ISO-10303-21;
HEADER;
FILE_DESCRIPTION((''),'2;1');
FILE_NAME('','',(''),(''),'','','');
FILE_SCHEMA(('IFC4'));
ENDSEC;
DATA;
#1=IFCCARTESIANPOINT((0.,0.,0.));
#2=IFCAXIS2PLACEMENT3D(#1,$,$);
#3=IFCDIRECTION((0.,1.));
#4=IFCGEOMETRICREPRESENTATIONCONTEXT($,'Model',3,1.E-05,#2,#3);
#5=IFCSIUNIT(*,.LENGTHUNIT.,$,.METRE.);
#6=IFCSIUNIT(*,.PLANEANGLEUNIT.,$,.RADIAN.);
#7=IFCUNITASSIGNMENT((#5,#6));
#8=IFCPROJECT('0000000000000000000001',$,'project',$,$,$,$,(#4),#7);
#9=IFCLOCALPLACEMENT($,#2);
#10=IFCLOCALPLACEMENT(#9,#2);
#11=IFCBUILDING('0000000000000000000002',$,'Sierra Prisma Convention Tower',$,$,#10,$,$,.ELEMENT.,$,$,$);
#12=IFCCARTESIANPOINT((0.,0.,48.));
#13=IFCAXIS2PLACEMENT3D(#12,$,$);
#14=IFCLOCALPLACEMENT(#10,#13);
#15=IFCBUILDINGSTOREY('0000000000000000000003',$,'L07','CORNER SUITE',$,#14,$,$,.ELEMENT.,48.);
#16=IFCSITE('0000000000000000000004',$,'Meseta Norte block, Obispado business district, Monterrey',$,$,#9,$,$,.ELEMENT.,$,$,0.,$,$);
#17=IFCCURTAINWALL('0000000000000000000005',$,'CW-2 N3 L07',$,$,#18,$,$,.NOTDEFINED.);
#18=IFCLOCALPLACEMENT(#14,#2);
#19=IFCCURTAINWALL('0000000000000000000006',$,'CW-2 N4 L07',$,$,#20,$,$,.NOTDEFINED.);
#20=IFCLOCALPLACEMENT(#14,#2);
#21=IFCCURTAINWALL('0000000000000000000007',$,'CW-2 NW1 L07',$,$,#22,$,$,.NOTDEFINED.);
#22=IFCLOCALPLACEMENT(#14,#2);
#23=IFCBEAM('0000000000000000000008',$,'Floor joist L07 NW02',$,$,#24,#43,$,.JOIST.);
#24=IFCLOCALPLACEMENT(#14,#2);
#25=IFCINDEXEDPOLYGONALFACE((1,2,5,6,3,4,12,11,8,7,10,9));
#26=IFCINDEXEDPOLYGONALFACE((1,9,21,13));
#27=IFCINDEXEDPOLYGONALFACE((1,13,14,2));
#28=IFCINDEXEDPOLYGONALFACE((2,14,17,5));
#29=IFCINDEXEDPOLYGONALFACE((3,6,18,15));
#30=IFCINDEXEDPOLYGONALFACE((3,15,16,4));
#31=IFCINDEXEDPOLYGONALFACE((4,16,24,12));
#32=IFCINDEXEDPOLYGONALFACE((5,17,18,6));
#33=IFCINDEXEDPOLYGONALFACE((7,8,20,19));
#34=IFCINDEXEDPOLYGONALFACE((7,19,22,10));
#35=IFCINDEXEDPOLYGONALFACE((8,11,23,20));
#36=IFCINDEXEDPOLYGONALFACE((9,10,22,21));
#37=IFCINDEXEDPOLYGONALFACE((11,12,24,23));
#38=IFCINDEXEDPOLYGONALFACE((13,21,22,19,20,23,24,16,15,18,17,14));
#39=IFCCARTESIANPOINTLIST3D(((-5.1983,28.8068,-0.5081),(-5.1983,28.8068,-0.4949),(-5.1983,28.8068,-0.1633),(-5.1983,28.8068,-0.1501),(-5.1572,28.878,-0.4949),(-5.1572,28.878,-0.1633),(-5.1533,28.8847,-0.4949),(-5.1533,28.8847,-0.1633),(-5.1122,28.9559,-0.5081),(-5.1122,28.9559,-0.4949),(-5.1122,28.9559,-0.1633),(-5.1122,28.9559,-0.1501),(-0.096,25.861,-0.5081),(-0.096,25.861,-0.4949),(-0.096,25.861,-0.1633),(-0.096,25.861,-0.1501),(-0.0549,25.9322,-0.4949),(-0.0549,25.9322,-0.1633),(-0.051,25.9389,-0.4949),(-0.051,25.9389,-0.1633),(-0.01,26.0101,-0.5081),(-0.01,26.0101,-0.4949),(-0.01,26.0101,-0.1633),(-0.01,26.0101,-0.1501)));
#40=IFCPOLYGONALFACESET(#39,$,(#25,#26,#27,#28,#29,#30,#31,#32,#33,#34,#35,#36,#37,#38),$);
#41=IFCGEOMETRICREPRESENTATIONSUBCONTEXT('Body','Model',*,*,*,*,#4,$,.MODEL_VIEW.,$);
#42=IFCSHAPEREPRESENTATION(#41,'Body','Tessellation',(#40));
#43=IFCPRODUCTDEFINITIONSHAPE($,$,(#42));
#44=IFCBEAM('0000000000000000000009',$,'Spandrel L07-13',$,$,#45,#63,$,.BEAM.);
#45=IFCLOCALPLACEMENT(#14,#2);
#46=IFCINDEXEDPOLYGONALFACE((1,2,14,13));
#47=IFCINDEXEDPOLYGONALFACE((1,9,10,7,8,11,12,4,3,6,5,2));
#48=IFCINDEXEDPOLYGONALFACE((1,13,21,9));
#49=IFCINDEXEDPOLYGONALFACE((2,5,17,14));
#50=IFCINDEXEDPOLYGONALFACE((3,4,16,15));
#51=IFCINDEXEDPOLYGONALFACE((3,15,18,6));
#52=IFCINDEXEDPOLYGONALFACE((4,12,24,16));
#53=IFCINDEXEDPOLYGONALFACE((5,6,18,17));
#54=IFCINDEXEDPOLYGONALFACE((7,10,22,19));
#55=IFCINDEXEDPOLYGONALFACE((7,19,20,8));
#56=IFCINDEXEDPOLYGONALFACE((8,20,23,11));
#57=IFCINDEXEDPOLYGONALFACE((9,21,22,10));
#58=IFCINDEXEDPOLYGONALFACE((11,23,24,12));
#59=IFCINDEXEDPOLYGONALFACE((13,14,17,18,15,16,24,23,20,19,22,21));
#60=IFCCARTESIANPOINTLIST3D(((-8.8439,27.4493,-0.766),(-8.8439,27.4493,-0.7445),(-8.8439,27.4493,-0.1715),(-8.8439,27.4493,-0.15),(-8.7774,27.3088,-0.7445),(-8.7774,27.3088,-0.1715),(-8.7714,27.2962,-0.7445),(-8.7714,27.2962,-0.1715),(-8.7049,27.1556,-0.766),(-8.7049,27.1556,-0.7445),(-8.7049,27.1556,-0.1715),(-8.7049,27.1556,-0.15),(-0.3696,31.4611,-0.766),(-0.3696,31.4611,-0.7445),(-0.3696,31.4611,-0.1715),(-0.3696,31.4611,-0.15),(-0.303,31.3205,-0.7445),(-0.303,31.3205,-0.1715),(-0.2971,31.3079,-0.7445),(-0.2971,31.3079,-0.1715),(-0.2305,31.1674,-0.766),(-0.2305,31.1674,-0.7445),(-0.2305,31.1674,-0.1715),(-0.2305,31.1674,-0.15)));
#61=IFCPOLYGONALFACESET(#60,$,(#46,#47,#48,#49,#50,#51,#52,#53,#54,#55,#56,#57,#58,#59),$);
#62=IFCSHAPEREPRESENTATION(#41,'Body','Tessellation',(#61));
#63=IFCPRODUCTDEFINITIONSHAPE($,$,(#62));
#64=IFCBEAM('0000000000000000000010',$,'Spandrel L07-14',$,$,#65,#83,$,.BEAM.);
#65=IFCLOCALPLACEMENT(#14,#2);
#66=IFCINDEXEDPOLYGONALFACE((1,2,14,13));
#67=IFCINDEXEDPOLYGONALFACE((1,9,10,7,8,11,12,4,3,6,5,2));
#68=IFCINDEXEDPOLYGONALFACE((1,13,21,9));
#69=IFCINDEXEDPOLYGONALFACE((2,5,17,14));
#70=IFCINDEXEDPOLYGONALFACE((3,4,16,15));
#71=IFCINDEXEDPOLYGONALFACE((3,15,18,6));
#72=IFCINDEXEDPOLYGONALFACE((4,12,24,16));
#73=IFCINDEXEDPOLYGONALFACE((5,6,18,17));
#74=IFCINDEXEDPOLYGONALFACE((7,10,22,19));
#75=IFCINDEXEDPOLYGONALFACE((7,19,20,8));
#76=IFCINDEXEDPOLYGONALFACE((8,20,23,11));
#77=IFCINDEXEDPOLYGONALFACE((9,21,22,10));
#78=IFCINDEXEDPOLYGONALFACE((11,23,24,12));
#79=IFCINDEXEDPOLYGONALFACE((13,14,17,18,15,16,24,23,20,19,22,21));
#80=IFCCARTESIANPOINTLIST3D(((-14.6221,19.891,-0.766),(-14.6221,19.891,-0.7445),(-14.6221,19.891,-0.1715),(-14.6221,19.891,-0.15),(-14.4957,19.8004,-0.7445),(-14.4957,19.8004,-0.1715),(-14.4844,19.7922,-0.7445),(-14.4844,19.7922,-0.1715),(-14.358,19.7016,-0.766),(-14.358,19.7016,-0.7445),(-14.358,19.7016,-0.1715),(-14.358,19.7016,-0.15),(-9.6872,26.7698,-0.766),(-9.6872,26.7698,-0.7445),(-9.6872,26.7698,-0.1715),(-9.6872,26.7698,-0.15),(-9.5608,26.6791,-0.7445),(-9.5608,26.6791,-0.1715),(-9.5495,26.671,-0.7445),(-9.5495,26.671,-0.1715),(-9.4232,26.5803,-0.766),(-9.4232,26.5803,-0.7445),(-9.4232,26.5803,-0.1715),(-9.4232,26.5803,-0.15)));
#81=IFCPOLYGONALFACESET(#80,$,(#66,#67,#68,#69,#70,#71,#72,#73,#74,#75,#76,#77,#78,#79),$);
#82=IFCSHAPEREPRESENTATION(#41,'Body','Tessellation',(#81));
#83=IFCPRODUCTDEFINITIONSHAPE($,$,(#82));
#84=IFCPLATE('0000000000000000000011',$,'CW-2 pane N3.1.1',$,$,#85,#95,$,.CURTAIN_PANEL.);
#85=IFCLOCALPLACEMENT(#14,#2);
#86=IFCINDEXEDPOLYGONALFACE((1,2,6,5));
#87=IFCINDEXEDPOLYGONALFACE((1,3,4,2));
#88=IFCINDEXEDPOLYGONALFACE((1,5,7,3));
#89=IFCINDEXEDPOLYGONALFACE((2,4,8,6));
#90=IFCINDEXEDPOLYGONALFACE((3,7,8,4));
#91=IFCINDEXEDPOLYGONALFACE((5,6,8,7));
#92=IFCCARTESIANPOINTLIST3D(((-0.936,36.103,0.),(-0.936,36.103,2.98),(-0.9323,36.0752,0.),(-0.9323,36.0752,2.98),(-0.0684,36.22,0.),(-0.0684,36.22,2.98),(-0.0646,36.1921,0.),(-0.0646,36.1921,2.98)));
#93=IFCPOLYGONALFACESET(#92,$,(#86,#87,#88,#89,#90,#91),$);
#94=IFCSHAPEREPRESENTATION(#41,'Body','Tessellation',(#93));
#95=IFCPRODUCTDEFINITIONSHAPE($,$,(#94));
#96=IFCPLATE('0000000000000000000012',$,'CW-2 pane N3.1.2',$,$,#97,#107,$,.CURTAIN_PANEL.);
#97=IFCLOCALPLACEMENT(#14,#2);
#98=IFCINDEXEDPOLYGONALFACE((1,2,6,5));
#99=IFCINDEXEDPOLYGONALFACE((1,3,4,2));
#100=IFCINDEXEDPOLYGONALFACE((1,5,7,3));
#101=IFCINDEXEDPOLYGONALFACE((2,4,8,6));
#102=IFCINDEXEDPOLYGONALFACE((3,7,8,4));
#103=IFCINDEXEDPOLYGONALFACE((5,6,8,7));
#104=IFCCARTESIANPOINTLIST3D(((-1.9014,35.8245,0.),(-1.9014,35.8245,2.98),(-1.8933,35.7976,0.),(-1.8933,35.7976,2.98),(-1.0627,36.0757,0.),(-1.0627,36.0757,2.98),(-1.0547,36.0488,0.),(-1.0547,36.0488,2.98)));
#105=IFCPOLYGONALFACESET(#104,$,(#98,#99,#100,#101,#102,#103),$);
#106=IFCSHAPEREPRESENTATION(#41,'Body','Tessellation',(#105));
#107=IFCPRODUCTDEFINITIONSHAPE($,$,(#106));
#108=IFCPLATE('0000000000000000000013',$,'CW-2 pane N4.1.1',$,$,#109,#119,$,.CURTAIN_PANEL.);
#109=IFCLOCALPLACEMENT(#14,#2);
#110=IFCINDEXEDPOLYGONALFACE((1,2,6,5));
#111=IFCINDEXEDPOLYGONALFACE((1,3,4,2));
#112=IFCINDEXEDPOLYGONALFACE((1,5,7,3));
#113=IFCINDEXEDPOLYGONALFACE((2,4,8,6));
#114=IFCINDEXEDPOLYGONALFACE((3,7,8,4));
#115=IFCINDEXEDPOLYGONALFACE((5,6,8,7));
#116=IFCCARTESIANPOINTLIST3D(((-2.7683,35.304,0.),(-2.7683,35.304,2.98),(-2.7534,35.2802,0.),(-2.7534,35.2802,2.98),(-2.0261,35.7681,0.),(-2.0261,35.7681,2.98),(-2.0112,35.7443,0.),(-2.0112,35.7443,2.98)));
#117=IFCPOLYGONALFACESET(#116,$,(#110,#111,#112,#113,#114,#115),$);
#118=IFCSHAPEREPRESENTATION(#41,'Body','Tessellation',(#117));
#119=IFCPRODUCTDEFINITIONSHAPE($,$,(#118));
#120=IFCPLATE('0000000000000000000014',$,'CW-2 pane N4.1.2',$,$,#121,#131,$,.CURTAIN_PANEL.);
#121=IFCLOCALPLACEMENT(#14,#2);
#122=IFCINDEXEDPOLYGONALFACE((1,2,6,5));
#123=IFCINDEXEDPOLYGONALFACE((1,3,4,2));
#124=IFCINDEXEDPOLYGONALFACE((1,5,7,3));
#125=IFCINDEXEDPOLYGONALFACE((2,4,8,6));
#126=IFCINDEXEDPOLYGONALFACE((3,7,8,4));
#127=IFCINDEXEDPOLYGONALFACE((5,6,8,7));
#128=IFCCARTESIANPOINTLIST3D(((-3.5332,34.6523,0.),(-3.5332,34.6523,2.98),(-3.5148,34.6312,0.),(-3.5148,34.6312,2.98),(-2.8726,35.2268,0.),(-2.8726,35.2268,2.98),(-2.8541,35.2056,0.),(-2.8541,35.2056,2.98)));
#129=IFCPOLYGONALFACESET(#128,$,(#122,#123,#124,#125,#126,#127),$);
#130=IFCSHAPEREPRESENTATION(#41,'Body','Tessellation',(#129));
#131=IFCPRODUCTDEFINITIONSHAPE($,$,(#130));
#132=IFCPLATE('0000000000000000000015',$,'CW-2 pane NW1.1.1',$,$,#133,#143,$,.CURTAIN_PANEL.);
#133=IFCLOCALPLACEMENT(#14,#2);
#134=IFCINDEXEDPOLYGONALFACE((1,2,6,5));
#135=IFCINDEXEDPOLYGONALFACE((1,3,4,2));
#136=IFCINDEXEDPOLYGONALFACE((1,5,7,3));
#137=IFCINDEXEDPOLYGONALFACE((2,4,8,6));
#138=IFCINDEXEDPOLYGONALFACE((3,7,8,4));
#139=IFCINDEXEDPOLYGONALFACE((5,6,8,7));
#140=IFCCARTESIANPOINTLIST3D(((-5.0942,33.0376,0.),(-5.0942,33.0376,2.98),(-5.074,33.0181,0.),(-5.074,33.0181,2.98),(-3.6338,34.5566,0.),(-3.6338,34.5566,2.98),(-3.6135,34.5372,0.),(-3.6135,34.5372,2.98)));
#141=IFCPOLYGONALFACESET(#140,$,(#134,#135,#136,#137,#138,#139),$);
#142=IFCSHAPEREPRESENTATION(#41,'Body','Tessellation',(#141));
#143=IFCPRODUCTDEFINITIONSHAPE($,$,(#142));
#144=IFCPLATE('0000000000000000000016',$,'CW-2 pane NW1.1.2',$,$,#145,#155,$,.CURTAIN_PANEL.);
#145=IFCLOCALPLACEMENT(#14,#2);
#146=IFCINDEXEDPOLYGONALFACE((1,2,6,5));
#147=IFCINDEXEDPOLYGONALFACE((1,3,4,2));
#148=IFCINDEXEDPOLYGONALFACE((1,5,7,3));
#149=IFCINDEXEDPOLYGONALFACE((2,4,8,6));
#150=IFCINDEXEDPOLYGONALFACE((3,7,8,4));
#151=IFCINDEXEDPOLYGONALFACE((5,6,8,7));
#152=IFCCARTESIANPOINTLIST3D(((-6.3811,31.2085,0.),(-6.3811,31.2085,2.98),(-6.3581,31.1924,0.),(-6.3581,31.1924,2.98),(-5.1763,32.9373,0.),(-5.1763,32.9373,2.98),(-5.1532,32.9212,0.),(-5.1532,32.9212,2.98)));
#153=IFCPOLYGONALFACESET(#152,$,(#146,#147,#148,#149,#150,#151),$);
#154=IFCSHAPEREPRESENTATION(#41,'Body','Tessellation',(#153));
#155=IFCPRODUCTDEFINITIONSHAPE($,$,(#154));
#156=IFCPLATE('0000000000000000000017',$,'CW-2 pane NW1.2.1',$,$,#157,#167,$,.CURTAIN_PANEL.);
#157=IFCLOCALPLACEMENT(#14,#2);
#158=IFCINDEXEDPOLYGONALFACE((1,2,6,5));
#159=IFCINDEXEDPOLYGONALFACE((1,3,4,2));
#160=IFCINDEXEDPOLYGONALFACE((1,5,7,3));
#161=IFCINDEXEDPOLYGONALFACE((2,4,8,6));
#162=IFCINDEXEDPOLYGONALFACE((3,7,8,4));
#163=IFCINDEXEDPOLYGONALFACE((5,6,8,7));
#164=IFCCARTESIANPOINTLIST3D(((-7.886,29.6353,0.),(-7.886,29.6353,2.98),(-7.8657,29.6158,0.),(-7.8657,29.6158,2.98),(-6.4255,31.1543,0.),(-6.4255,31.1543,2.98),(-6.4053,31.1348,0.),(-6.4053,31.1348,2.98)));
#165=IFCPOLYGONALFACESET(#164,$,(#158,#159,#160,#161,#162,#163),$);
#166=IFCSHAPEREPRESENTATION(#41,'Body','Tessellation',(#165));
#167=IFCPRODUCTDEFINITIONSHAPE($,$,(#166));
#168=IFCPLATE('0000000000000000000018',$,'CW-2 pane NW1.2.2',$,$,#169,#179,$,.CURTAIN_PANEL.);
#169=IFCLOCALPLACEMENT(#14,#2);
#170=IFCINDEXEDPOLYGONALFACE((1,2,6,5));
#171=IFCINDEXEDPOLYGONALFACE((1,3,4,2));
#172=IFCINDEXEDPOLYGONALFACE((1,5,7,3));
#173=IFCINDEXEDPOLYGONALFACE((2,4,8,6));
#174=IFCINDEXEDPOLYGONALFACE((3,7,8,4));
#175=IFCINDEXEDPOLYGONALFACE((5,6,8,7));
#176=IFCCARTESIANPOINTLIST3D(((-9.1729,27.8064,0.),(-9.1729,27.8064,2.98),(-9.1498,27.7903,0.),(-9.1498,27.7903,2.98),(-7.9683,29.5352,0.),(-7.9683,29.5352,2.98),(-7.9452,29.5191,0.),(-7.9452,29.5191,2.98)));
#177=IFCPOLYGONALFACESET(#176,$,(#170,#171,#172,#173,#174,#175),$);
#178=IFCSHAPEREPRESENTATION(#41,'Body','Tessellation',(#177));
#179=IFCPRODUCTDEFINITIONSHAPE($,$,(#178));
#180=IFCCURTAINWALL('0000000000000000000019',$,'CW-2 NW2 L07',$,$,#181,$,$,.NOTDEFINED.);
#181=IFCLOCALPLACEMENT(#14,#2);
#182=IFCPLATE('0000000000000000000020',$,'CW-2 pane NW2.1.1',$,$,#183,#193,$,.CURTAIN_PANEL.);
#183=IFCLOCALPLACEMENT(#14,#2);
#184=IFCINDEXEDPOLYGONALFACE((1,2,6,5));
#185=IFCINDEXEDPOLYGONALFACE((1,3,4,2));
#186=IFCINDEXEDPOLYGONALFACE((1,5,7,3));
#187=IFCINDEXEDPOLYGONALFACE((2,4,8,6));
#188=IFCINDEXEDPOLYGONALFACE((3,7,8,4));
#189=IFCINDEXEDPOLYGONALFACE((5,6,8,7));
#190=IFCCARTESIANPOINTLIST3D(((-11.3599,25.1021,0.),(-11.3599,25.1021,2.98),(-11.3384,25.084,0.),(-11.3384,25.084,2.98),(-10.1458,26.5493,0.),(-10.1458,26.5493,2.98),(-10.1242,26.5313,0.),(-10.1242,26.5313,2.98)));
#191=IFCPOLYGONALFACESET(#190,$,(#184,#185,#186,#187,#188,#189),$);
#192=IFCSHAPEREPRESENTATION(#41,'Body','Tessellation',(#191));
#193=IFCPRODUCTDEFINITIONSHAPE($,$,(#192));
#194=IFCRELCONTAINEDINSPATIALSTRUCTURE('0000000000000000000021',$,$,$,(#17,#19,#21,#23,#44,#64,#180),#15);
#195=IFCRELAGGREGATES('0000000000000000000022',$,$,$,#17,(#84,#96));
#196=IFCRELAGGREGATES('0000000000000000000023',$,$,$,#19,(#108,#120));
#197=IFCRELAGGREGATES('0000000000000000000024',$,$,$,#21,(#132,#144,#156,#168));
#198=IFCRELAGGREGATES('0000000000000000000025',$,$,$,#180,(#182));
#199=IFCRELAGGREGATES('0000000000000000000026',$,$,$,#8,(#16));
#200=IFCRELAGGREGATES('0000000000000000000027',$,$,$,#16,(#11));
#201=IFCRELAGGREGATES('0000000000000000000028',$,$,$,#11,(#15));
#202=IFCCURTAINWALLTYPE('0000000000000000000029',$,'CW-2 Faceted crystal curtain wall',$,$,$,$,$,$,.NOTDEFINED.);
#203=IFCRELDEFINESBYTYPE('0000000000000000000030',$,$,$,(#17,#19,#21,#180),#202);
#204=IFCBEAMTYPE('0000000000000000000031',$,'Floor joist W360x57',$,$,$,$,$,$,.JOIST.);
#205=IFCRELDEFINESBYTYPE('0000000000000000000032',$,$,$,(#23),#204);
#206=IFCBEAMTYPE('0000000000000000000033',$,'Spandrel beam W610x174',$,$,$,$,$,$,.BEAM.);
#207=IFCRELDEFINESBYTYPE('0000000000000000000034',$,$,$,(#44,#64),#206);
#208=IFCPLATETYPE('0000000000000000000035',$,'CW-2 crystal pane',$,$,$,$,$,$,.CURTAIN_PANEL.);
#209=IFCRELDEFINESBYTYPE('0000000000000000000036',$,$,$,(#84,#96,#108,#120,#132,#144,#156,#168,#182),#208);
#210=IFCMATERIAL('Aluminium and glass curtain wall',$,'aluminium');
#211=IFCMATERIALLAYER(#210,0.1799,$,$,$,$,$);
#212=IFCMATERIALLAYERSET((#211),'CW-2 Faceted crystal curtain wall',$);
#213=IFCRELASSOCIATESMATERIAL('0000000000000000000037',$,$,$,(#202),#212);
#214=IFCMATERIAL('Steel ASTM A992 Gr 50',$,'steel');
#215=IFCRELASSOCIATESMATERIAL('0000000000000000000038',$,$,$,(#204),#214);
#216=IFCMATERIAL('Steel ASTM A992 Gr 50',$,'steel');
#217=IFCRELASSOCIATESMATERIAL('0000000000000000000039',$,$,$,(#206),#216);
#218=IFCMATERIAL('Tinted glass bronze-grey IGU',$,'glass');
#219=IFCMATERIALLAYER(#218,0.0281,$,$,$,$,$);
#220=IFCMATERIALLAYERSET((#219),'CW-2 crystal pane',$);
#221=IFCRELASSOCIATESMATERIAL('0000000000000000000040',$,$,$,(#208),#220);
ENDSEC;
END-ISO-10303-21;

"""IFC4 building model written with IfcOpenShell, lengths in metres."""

from ifc_helpers import new_model, si_unit, direction, frame, origin, origin_2d, place, context, subcontext, project, spatial, polyline, i_section, outline, extrude, material, layer, layer_set, material_profile, profile_set, type_object, element, aggregate, save


model = new_model("IFC4")

# Units and contexts
model_context = context("Model", 3, precision=1e-05, world=origin(), true_north=direction((0.0, 1.0)))
body_context = subcontext(model_context, "Body", "Model", "MODEL_VIEW")
ifc_project = project(units=[si_unit("LENGTHUNIT", "METRE"), si_unit("PLANEANGLEUNIT", "RADIAN")], contexts=[model_context])

# Site, building, storey
site_placement = place(None, origin())
site = spatial("IfcSite", under=ifc_project, at=site_placement, Name="Meseta Norte block, Obispado business district, Monterrey", CompositionType="ELEMENT", RefElevation=0.0)
building_placement = place(site_placement, origin())
building = spatial("IfcBuilding", under=site, at=building_placement, Name="Sierra Prisma Convention Tower", CompositionType="ELEMENT")
storey_placement = place(building_placement, frame((0.0, 0.0, 48.0)))
storey = spatial("IfcBuildingStorey", under=building, at=storey_placement, Name="L07", Description="CORNER SUITE", CompositionType="ELEMENT", Elevation=48.0)

# Curtain walls
ifc_material_1 = material(Name="Aluminium and glass curtain wall", Category="aluminium")
ifc_layer_1 = layer(ifc_material_1, 0.1799)
ifc_layer_set_1 = layer_set([ifc_layer_1], Name="CW-2 Faceted crystal curtain wall")
curtain_wall_type = type_object("IfcCurtainWallType", Name="CW-2 Faceted crystal curtain wall", PredefinedType="NOTDEFINED", material=ifc_layer_set_1)
curtain_wall_1_placement = place(storey_placement, origin())
curtain_wall_1 = element("IfcCurtainWall", 1, at=curtain_wall_1_placement, inside=storey, type_object=curtain_wall_type, Name="CW-2 N3 L07", PredefinedType="NOTDEFINED")
curtain_wall_2_placement = place(storey_placement, origin())
curtain_wall_2 = element("IfcCurtainWall", 2, at=curtain_wall_2_placement, inside=storey, type_object=curtain_wall_type, Name="CW-2 N4 L07", PredefinedType="NOTDEFINED")

# Curtain wall
curtain_wall_3_placement = place(storey_placement, origin())
curtain_wall_3 = element("IfcCurtainWall", 3, at=curtain_wall_3_placement, inside=storey, type_object=curtain_wall_type, Name="CW-2 NW1 L07", PredefinedType="NOTDEFINED")

# Beams
ifc_material_2 = material(Name="Steel ASTM A992 Gr 50", Category="steel")
ifc_material_profile_1 = material_profile(ifc_material_2, i_section(OverallWidth=0.1721, OverallDepth=0.3579, WebThickness=0.0078, FlangeThickness=0.0132, at=origin_2d()), Name="W360x57")
ifc_profile_set_1 = profile_set([ifc_material_profile_1], Name="Steel ASTM A992 Gr 50")
beam_type_1 = type_object("IfcBeamType", Name="Floor joist W360x57", PredefinedType="JOIST", material=ifc_profile_set_1)
beam_1_placement = place(storey_placement, frame((-5.1553, 28.8813, -0.3291), z_axis=(0.866026, -0.499999, 0.0), x_axis=(0.499999, 0.866026, 0.0)))
element("IfcBeam", 4, at=beam_1_placement, inside=storey, type_object=beam_type_1, Name="Floor joist L07 NW02", PredefinedType="JOIST", context=body_context, shape_type="SweptSolid", body=[
    extrude(i_section(OverallWidth=0.1721, OverallDepth=0.3579, WebThickness=0.0078, FlangeThickness=0.0132, at=origin_2d()), origin(), (0.0, 0.0, 1.0), 5.8916),
])
ifc_material_3 = material(Name="Steel ASTM A992 Gr 50", Category="steel")
ifc_material_profile_2 = material_profile(ifc_material_3, i_section(OverallWidth=0.325, OverallDepth=0.616, WebThickness=0.0139, FlangeThickness=0.0215, at=origin_2d()), Name="W610x174")
ifc_profile_set_2 = profile_set([ifc_material_profile_2], Name="Steel ASTM A992 Gr 50")
beam_type_2 = type_object("IfcBeamType", Name="Spandrel beam W610x174", PredefinedType="BEAM", material=ifc_profile_set_2)
beam_2_placement = place(storey_placement, frame((-0.3, 31.3142, -0.458), z_axis=(-0.903839, -0.427873, 0.0), x_axis=(0.427873, -0.903839, 0.0)))
element("IfcBeam", 5, at=beam_2_placement, inside=storey, type_object=beam_type_2, Name="Spandrel L07-13", PredefinedType="BEAM", context=body_context, shape_type="SweptSolid", body=[
    extrude(i_section(OverallWidth=0.325, OverallDepth=0.616, WebThickness=0.0139, FlangeThickness=0.0215, at=origin_2d()), origin(), (0.0, 0.0, 1.0), 9.376),
])
beam_3_placement = place(storey_placement, frame((-9.5552, 26.675, -0.458), z_axis=(-0.582917, -0.812531, 0.0), x_axis=(0.812531, -0.582917, 0.0)))
element("IfcBeam", 6, at=beam_3_placement, inside=storey, type_object=beam_type_2, Name="Spandrel L07-14", PredefinedType="BEAM", context=body_context, shape_type="SweptSolid", body=[
    extrude(i_section(OverallWidth=0.325, OverallDepth=0.616, WebThickness=0.0139, FlangeThickness=0.0215, at=origin_2d()), origin(), (0.0, 0.0, 1.0), 8.4658),
])

# Plates
ifc_material_4 = material(Name="Tinted glass bronze-grey IGU", Category="glass")
ifc_layer_2 = layer(ifc_material_4, 0.0281)
ifc_layer_set_2 = layer_set([ifc_layer_2], Name="CW-2 crystal pane")
plate_type = type_object("IfcPlateType", Name="CW-2 crystal pane", PredefinedType="CURTAIN_PANEL", material=ifc_layer_set_2)
plate_1_placement = place(storey_placement, frame((-0.0684, 36.22, 0.0), z_axis=(-0.13357, 0.991039, 0.0), x_axis=(-0.991039, -0.13357, 0.0)))
plate_1 = element("IfcPlate", 7, at=plate_1_placement, type_object=plate_type, Name="CW-2 pane N3.1.1", PredefinedType="CURTAIN_PANEL", context=body_context, shape_type="SweptSolid", body=[
    extrude(outline(polyline([(0.0, 0.0), (0.8755, 0.0), (0.8755, 2.98), (0.0, 2.98), (0.0, 0.0)])), origin(), (0.0, 0.0, -1.0), 0.0281),
])
plate_2_placement = place(storey_placement, frame((-1.9014, 35.8245, 0.0), z_axis=(-0.286964, 0.957941, 0.0), x_axis=(0.957941, 0.286964, 0.0)))
plate_2 = element("IfcPlate", 8, at=plate_2_placement, type_object=plate_type, Name="CW-2 pane N3.1.2", PredefinedType="CURTAIN_PANEL", context=body_context, shape_type="SweptSolid", body=[
    extrude(outline(polyline([(0.0, 0.0), (0.8754, 0.0), (0.8754, -2.98), (0.0, -2.98), (0.0, 0.0)])), origin(), (0.0, 0.0, -1.0), 0.0281),
])
aggregate(curtain_wall_1, [plate_1, plate_2])
plate_3_placement = place(storey_placement, frame((-2.0261, 35.7681, 0.0), z_axis=(-0.530199, 0.847873, 0.0), x_axis=(-0.847873, -0.530199, 0.0)))
plate_3 = element("IfcPlate", 9, at=plate_3_placement, type_object=plate_type, Name="CW-2 pane N4.1.1", PredefinedType="CURTAIN_PANEL", context=body_context, shape_type="SweptSolid", body=[
    extrude(outline(polyline([(0.0, 0.0), (0.8754, 0.0), (0.8754, 2.98), (0.0, 2.98), (0.0, 0.0)])), origin(), (0.0, 0.0, -1.0), 0.0281),
])
plate_4_placement = place(storey_placement, frame((-3.5332, 34.6523, 0.0), z_axis=(-0.656172, 0.754612, 0.0), x_axis=(0.754612, 0.656172, 0.0)))
plate_4 = element("IfcPlate", 10, at=plate_4_placement, type_object=plate_type, Name="CW-2 pane N4.1.2", PredefinedType="CURTAIN_PANEL", context=body_context, shape_type="SweptSolid", body=[
    extrude(outline(polyline([(0.0, 0.0), (0.8755, 0.0), (0.8755, -2.98), (0.0, -2.98), (0.0, 0.0)])), origin(), (0.0, 0.0, -1.0), 0.0281),
])
aggregate(curtain_wall_2, [plate_3, plate_4])
plate_5_placement = place(storey_placement, frame((-3.6338, 34.5566, 0.0), z_axis=(-0.720873, 0.693067, 0.0), x_axis=(-0.693067, -0.720873, 0.0)))
plate_5 = element("IfcPlate", 11, at=plate_5_placement, type_object=plate_type, Name="CW-2 pane NW1.1.1", PredefinedType="CURTAIN_PANEL", context=body_context, shape_type="SweptSolid", body=[
    extrude(outline(polyline([(0.0, 0.0), (2.1072, 0.0), (2.1072, 2.98), (0.0, 2.98), (0.0, 0.0)])), origin(), (0.0, 0.0, -1.0), 0.0281),
])
plate_6_placement = place(storey_placement, frame((-6.3811, 31.2085, 0.0), z_axis=(-0.820411, 0.571774, 0.0), x_axis=(0.571774, 0.820411, 0.0)))
plate_6 = element("IfcPlate", 12, at=plate_6_placement, type_object=plate_type, Name="CW-2 pane NW1.1.2", PredefinedType="CURTAIN_PANEL", context=body_context, shape_type="SweptSolid", body=[
    extrude(outline(polyline([(0.0, 0.0), (2.1072, 0.0), (2.1072, -2.98), (0.0, -2.98), (0.0, 0.0)])), origin(), (0.0, 0.0, -1.0), 0.0281),
])
plate_7_placement = place(storey_placement, frame((-6.4255, 31.1543, 0.0), z_axis=(-0.720873, 0.693067, 0.0), x_axis=(-0.693067, -0.720873, 0.0)))
plate_7 = element("IfcPlate", 13, at=plate_7_placement, type_object=plate_type, Name="CW-2 pane NW1.2.1", PredefinedType="CURTAIN_PANEL", context=body_context, shape_type="SweptSolid", body=[
    extrude(outline(polyline([(0.0, 0.0), (2.1072, 0.0), (2.1072, 2.98), (0.0, 2.98), (0.0, 0.0)])), origin(), (0.0, 0.0, -1.0), 0.0281),
])
plate_8_placement = place(storey_placement, frame((-9.1729, 27.8064, 0.0), z_axis=(-0.820466, 0.571696, 0.0), x_axis=(0.571696, 0.820466, 0.0)))
plate_8 = element("IfcPlate", 14, at=plate_8_placement, type_object=plate_type, Name="CW-2 pane NW1.2.2", PredefinedType="CURTAIN_PANEL", context=body_context, shape_type="SweptSolid", body=[
    extrude(outline(polyline([(0.0, 0.0), (2.107, 0.0), (2.107, -2.98), (0.0, -2.98), (0.0, 0.0)])), origin(), (0.0, 0.0, -1.0), 0.0281),
])
aggregate(curtain_wall_3, [plate_5, plate_6, plate_7, plate_8])

# Curtain wall, plate
curtain_wall_4_placement = place(storey_placement, origin())
curtain_wall_4 = element("IfcCurtainWall", 15, at=curtain_wall_4_placement, inside=storey, type_object=curtain_wall_type, Name="CW-2 NW2 L07", PredefinedType="NOTDEFINED")
plate_9_placement = place(storey_placement, frame((-10.1458, 26.5493, 0.0), z_axis=(-0.76612, 0.642698, 0.0), x_axis=(-0.642698, -0.76612, 0.0)))
plate_9 = element("IfcPlate", 16, at=plate_9_placement, type_object=plate_type, Name="CW-2 pane NW2.1.1", PredefinedType="CURTAIN_PANEL", context=body_context, shape_type="SweptSolid", body=[
    extrude(outline(polyline([(0.0, 0.0), (1.8891, 0.0), (1.8891, 2.98), (0.0, 2.98), (0.0, 0.0)])), origin(), (0.0, 0.0, -1.0), 0.0281),
])
aggregate(curtain_wall_4, [plate_9])

save(model, "model.ifc")
